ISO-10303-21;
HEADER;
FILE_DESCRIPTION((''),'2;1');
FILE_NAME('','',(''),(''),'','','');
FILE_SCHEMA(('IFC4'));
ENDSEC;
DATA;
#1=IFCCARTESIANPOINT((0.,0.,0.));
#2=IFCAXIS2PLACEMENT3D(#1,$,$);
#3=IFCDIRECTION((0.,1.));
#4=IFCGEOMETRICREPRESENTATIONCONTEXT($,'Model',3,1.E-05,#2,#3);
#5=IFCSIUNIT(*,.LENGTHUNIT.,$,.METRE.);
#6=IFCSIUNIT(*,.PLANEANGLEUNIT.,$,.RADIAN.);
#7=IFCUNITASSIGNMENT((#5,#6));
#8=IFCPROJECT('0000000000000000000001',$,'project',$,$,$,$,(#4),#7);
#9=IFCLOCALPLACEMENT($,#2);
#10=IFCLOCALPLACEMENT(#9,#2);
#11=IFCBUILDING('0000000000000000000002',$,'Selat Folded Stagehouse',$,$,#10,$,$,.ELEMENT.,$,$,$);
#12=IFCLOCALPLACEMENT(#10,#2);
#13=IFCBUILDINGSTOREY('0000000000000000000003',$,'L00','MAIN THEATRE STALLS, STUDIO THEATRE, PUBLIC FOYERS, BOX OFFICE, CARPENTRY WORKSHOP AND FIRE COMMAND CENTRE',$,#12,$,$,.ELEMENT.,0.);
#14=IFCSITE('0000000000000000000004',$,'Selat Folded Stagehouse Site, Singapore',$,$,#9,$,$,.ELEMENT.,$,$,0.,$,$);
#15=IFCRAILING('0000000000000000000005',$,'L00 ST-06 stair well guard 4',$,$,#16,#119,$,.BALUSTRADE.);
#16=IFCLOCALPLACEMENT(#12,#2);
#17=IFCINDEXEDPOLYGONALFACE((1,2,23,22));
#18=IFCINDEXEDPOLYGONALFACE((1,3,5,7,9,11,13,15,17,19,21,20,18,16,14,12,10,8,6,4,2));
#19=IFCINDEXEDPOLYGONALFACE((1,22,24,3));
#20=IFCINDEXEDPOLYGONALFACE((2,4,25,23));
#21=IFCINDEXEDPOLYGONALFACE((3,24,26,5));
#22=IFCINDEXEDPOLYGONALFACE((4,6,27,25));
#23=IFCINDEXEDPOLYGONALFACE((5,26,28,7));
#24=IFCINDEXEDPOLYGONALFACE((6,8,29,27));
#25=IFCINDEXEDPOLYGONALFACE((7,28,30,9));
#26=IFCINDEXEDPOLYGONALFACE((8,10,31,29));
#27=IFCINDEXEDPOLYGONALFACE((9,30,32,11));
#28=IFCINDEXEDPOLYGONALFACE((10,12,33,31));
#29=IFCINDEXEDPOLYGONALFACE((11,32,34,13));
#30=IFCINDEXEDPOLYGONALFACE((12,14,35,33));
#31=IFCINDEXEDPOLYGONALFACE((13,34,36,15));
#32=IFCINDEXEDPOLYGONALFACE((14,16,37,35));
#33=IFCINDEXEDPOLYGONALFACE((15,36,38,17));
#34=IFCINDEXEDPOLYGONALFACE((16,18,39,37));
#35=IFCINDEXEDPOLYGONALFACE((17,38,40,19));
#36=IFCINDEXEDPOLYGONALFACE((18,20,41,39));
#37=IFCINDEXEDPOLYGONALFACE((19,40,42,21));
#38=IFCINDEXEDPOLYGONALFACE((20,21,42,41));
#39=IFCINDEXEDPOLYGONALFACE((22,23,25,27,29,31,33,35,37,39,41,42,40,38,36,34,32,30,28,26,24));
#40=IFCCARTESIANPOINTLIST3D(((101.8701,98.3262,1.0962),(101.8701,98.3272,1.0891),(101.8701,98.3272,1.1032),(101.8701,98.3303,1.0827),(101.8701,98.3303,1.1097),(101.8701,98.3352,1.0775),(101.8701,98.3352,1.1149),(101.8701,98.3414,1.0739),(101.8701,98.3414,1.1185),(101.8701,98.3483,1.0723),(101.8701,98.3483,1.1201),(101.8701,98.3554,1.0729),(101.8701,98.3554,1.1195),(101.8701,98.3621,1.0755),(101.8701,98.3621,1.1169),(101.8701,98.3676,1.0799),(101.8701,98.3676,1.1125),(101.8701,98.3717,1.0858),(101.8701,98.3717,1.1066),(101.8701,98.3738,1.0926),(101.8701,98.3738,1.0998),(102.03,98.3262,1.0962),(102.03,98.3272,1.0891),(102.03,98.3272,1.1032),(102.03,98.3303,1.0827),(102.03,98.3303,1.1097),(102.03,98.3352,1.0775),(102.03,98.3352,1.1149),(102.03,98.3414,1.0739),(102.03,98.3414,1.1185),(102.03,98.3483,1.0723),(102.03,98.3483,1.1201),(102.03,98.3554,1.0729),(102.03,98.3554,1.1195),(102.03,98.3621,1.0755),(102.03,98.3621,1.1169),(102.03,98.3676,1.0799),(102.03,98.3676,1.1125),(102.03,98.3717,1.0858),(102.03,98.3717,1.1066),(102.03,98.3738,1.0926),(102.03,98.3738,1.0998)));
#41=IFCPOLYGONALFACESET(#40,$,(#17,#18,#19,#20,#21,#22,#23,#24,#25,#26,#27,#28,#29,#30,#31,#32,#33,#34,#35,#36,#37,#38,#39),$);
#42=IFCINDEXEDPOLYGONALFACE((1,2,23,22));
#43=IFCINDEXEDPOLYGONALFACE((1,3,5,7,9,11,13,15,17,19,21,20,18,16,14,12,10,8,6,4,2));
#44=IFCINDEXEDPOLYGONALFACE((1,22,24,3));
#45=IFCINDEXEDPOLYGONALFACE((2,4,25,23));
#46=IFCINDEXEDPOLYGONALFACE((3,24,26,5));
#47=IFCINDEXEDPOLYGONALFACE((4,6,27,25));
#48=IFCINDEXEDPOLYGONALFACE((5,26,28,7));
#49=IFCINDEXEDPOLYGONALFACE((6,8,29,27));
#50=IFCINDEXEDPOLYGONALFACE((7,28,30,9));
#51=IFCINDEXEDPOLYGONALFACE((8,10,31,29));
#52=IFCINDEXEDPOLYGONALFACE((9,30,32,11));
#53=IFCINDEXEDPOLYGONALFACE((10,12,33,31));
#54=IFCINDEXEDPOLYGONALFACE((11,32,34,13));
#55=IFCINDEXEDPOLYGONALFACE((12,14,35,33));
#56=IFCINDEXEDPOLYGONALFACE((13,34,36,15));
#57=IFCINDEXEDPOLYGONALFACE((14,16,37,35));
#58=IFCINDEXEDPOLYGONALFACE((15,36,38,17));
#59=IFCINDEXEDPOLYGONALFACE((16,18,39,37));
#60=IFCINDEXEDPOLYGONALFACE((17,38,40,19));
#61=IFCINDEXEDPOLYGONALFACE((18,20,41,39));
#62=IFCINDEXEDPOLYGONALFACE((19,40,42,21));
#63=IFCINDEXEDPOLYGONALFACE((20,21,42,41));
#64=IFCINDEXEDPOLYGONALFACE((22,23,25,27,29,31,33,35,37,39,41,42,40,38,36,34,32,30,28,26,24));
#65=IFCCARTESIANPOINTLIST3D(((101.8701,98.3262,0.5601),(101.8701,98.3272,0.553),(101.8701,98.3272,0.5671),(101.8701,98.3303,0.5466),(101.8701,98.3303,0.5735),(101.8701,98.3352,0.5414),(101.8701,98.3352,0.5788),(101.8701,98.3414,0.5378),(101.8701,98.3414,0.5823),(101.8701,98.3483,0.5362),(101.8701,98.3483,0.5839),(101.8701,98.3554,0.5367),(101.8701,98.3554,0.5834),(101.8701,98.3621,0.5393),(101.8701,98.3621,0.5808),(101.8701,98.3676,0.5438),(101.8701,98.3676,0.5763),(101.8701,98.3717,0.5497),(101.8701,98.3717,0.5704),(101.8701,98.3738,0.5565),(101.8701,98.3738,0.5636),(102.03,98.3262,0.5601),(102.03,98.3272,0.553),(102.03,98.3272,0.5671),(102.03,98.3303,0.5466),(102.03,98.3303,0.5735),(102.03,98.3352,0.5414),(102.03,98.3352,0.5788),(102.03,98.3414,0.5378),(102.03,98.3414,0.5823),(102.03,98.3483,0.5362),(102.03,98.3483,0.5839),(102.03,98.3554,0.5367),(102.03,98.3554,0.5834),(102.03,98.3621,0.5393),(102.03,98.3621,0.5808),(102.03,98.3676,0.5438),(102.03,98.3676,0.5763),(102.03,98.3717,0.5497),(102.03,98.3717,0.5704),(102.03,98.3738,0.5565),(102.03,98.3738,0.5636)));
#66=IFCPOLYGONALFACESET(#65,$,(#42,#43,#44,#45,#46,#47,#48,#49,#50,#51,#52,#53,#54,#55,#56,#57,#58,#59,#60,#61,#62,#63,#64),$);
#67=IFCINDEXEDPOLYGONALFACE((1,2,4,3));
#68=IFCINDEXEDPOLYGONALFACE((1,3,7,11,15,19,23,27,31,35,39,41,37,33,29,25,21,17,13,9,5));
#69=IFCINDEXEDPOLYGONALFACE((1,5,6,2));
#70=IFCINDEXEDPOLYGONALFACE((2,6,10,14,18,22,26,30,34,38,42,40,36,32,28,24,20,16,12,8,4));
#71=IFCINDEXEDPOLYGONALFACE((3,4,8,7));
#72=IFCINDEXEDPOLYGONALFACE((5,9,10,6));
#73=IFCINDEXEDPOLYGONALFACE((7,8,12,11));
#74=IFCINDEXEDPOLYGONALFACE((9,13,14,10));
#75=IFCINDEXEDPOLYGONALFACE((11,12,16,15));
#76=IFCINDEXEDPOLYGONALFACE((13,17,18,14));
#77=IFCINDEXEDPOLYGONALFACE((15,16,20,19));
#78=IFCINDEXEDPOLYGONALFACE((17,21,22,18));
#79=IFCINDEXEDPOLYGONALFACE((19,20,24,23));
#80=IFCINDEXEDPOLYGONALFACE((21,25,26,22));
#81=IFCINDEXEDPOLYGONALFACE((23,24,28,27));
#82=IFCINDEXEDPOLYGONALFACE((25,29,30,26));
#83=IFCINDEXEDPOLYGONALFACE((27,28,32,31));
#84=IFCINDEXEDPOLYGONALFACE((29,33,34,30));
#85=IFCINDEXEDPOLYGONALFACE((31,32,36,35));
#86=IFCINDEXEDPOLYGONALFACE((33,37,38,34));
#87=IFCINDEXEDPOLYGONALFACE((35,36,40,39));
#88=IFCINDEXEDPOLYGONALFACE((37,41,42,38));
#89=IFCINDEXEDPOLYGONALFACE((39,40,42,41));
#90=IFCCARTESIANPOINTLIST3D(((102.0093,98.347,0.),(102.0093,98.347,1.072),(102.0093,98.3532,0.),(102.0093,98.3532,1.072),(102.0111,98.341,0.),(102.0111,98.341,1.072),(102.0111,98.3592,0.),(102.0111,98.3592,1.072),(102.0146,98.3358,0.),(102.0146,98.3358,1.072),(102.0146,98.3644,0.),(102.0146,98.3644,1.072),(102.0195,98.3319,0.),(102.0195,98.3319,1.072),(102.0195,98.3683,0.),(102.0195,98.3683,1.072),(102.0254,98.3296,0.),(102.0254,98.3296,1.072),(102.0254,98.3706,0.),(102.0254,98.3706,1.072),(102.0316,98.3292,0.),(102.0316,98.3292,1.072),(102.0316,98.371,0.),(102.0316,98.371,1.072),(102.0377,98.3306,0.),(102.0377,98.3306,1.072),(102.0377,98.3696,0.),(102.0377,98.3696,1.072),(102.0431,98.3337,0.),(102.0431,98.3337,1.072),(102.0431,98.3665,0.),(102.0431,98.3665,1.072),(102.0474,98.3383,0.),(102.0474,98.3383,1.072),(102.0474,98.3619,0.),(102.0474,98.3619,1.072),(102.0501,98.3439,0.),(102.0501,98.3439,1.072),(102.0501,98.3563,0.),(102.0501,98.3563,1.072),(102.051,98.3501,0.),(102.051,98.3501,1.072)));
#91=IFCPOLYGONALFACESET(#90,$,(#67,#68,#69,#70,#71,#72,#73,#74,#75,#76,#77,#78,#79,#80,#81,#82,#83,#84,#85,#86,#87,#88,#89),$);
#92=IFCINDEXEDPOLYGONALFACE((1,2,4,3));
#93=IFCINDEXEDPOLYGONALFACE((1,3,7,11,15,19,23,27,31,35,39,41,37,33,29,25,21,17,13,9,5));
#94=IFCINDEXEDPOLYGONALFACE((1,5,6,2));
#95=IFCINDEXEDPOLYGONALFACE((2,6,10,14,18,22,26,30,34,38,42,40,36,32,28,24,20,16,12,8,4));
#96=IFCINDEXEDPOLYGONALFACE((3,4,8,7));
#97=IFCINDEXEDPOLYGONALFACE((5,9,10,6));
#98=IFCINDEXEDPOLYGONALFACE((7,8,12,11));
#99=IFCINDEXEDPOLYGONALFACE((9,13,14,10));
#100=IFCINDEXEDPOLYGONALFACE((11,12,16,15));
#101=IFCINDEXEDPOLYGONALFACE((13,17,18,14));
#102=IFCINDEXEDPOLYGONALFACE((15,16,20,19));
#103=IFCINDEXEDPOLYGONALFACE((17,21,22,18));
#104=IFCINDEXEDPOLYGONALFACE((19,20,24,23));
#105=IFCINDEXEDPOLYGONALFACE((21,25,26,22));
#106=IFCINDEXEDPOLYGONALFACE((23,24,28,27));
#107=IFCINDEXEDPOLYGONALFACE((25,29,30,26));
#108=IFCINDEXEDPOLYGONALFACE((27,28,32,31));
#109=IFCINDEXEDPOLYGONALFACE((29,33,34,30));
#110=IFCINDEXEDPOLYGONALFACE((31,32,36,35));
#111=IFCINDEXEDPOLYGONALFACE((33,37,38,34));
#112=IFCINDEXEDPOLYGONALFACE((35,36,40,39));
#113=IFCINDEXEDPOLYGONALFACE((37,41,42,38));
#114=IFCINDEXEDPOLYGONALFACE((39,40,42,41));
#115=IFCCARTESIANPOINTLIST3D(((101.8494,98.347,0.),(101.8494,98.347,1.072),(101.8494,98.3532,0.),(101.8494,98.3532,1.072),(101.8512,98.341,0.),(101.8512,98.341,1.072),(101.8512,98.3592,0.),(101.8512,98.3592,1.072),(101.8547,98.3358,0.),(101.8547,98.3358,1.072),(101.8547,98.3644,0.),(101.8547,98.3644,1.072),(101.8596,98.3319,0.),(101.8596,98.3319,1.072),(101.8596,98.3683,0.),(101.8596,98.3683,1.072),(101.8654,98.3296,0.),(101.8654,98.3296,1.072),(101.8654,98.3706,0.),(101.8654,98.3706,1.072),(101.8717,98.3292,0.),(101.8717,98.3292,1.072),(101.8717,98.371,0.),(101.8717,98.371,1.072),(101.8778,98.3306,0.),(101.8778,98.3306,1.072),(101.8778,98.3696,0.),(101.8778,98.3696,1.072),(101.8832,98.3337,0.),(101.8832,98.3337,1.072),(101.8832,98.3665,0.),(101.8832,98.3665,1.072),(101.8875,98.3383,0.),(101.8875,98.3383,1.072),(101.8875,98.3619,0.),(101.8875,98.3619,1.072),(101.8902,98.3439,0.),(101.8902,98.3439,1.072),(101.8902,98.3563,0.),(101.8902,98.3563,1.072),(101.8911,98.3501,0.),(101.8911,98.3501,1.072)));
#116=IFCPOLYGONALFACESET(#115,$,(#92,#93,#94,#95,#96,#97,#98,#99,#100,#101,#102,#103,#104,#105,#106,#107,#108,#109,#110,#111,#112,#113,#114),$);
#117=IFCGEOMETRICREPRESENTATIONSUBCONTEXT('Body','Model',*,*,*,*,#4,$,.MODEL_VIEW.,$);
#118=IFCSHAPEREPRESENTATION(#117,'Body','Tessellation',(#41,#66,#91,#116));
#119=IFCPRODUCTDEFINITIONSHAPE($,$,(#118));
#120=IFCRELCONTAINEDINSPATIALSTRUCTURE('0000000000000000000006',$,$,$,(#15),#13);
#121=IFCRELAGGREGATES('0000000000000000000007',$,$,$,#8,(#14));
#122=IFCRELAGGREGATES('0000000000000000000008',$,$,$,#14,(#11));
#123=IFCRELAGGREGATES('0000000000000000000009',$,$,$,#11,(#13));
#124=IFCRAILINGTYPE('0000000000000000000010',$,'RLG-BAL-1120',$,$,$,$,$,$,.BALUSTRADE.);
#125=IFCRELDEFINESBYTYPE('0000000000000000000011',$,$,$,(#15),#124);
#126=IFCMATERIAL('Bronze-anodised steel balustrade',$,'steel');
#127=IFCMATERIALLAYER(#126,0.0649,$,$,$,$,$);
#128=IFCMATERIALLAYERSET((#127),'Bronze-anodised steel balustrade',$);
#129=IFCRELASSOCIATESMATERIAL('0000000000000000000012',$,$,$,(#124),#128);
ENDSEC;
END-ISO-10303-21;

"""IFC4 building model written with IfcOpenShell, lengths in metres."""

from ifc_helpers import new_model, si_unit, direction, frame, origin, origin_2d, place, context, subcontext, project, spatial, circle, extrude, material, layer, layer_set, type_object, element, save


model = new_model("IFC4")

# Units and contexts
model_context = context("Model", 3, precision=1e-05, world=origin(), true_north=direction((0.0, 1.0)))
body_context = subcontext(model_context, "Body", "Model", "MODEL_VIEW")
ifc_project = project(units=[si_unit("LENGTHUNIT", "METRE"), si_unit("PLANEANGLEUNIT", "RADIAN")], contexts=[model_context])

# Site, building, storey
site_placement = place(None, origin())
site = spatial("IfcSite", under=ifc_project, at=site_placement, Name="Selat Folded Stagehouse Site, Singapore", CompositionType="ELEMENT", RefElevation=0.0)
building_placement = place(site_placement, origin())
building = spatial("IfcBuilding", under=site, at=building_placement, Name="Selat Folded Stagehouse", CompositionType="ELEMENT")
storey_placement = place(building_placement, origin())
storey = spatial("IfcBuildingStorey", under=building, at=storey_placement, Name="L00", Description="MAIN THEATRE STALLS, STUDIO THEATRE, PUBLIC FOYERS, BOX OFFICE, CARPENTRY WORKSHOP AND FIRE COMMAND CENTRE", CompositionType="ELEMENT", Elevation=0.0)

# Railing
ifc_material_1 = material(Name="Bronze-anodised steel balustrade", Category="steel")
ifc_layer_1 = layer(ifc_material_1, 0.0649)
ifc_layer_set_1 = layer_set([ifc_layer_1], Name="Bronze-anodised steel balustrade")
railing_type_1 = type_object("IfcRailingType", Name="RLG-BAL-1120", PredefinedType="BALUSTRADE", material=ifc_layer_set_1)
railing_1_placement = place(storey_placement, frame((102.03, 98.3501, 0.0)))
element("IfcRailing", 1, at=railing_1_placement, inside=storey, type_object=railing_type_1, Name="L00 ST-06 stair well guard 4", PredefinedType="BALUSTRADE", context=body_context, shape_type="SweptSolid", body=[
    extrude(circle(Radius=0.0239, at=origin_2d()), frame((0.0, 0.0, 1.0962), z_axis=(-1.0, 0.0, 0.0), x_axis=(0.0, -1.0, 0.0)), (0.0, 0.0, 1.0), 0.1599),
    extrude(circle(Radius=0.0239, at=origin_2d()), frame((0.0, 0.0, 0.5601), z_axis=(-1.0, 0.0, 0.0), x_axis=(0.0, -1.0, 0.0)), (0.0, 0.0, 1.0), 0.1599),
    extrude(circle(Radius=0.021, at=origin_2d()), origin(), (0.0, 0.0, 1.0), 1.072),
    extrude(circle(Radius=0.021, at=origin_2d()), frame((-0.1599, 0.0, 0.0)), (0.0, 0.0, 1.0), 1.072),
])

save(model, "model.ifc")
